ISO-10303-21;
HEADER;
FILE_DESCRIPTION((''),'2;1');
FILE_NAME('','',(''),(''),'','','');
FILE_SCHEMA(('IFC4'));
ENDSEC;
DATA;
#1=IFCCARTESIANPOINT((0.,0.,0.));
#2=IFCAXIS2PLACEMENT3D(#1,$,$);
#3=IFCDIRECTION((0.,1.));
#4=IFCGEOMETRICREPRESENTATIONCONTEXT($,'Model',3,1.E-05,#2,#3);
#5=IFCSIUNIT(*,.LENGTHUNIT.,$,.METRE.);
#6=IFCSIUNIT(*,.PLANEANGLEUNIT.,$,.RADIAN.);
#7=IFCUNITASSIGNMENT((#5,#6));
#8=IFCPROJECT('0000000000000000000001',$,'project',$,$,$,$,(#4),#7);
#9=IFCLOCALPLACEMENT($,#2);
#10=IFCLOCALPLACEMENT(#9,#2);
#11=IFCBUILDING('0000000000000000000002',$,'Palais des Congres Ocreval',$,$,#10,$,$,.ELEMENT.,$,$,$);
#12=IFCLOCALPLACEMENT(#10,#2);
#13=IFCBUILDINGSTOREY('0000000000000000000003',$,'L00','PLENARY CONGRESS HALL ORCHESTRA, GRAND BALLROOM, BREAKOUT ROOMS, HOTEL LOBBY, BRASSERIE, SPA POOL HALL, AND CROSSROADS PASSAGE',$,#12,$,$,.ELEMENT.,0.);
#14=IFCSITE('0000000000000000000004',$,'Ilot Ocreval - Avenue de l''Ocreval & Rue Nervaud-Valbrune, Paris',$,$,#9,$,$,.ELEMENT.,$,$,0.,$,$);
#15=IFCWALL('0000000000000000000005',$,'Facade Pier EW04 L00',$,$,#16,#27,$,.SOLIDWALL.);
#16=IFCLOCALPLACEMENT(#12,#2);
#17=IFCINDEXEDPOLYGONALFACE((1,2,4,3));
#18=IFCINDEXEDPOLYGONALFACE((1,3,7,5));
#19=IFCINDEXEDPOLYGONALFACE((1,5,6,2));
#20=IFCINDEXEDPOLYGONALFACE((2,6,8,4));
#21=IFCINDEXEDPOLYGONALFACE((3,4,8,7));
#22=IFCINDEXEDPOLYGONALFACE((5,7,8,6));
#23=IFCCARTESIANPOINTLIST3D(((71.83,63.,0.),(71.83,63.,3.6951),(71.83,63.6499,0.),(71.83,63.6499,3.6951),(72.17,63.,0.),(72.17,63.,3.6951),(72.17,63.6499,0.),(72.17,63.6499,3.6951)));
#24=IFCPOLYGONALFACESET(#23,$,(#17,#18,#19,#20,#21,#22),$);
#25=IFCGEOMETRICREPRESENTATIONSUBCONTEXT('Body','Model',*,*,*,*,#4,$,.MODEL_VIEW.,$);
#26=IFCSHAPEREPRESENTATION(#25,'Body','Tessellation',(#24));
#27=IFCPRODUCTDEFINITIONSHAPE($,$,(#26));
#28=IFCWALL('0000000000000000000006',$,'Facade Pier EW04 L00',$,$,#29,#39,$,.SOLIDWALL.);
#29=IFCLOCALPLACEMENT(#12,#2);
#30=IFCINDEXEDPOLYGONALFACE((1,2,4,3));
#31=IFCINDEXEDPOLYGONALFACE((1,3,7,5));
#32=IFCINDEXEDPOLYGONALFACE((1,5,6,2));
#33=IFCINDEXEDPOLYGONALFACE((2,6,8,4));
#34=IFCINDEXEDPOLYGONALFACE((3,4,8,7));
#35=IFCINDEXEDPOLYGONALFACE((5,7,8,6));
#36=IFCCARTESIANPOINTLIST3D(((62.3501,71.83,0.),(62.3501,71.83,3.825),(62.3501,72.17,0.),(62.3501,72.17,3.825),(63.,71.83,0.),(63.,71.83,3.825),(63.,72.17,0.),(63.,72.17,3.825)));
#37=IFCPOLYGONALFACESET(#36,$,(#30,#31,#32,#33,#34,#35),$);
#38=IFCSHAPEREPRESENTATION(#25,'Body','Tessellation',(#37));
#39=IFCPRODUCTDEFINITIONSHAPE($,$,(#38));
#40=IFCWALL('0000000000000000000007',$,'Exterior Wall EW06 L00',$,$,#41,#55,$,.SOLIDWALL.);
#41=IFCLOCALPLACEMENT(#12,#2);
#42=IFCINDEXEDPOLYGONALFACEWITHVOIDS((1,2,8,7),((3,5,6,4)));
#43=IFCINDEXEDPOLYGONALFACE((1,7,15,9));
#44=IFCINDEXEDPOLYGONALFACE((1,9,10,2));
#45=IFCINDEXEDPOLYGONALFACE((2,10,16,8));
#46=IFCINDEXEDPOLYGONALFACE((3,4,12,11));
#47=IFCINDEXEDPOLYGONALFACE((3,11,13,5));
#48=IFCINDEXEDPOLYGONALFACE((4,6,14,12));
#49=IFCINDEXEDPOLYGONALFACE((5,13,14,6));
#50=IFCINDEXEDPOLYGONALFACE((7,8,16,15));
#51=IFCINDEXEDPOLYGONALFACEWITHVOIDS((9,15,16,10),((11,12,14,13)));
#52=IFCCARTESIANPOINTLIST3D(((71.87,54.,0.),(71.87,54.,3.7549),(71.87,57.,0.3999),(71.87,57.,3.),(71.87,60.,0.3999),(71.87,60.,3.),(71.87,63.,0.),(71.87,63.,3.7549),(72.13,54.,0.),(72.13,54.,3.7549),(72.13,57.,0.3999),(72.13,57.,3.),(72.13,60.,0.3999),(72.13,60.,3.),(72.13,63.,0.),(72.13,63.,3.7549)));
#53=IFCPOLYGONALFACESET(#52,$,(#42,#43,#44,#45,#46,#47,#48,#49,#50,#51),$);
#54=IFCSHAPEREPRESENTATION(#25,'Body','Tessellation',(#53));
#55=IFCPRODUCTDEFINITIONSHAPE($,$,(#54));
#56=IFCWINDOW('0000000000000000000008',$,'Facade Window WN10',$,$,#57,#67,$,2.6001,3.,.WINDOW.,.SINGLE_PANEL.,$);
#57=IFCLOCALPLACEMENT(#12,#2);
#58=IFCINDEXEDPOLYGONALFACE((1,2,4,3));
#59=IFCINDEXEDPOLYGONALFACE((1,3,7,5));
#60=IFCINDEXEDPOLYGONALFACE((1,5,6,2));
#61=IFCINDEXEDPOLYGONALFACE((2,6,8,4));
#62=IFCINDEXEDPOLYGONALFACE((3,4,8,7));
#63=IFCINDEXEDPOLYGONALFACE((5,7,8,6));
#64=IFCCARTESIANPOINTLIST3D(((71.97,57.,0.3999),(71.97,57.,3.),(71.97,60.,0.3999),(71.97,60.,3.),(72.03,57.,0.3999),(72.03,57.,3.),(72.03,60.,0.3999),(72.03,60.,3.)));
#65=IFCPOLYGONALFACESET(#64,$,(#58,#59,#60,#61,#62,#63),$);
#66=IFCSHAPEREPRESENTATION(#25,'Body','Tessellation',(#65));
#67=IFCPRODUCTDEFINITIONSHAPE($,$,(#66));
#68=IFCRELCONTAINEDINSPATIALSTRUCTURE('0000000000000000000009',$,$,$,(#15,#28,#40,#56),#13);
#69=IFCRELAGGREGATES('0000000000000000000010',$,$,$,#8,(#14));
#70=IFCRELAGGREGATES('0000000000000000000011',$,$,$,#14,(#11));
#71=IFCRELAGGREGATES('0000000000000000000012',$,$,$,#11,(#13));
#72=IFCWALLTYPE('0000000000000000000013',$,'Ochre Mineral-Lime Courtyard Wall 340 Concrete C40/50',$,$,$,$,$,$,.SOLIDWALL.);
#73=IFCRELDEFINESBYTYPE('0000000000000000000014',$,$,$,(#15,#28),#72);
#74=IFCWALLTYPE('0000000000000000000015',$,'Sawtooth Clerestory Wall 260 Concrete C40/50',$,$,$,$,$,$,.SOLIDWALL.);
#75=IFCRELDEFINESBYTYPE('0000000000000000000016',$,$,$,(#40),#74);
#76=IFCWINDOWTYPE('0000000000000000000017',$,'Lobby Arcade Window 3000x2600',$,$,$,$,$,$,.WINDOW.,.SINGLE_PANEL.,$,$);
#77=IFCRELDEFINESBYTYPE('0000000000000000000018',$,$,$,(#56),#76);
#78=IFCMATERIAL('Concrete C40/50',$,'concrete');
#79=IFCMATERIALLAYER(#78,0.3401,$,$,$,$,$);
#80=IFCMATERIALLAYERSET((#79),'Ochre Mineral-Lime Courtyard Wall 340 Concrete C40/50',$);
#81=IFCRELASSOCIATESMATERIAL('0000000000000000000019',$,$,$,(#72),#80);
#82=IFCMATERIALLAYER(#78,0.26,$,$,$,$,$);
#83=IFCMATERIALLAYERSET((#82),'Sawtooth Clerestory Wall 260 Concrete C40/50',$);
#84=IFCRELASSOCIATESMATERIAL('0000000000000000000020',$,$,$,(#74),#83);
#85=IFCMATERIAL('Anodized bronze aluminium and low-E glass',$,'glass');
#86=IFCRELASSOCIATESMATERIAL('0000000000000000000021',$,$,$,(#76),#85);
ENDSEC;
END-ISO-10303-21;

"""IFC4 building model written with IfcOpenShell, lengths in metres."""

from ifc_helpers import new_model, si_unit, direction, frame, frame_2d, origin, place, context, subcontext, project, spatial, rectangle, extrude, material, layer, layer_set, type_object, element, fill, save


model = new_model("IFC4")

# Units and contexts
model_context = context("Model", 3, precision=1e-05, world=origin(), true_north=direction((0.0, 1.0)))
body_context = subcontext(model_context, "Body", "Model", "MODEL_VIEW")
ifc_project = project(units=[si_unit("LENGTHUNIT", "METRE"), si_unit("PLANEANGLEUNIT", "RADIAN")], contexts=[model_context])

# Site, building, storey
site_placement = place(None, origin())
site = spatial("IfcSite", under=ifc_project, at=site_placement, Name="Ilot Ocreval - Avenue de l'Ocreval & Rue Nervaud-Valbrune, Paris", CompositionType="ELEMENT", RefElevation=0.0)
building_placement = place(site_placement, origin())
building = spatial("IfcBuilding", under=site, at=building_placement, Name="Palais des Congres Ocreval", CompositionType="ELEMENT")
storey_placement = place(building_placement, origin())
storey = spatial("IfcBuildingStorey", under=building, at=storey_placement, Name="L00", Description="PLENARY CONGRESS HALL ORCHESTRA, GRAND BALLROOM, BREAKOUT ROOMS, HOTEL LOBBY, BRASSERIE, SPA POOL HALL, AND CROSSROADS PASSAGE", CompositionType="ELEMENT", Elevation=0.0)

# Shared definitions
ifc_material_1 = material(Name="Anodized bronze aluminium and low-E glass", Category="glass")

# Walls
ifc_material_2 = material(Name="Concrete C40/50", Category="concrete")
ifc_layer_1 = layer(ifc_material_2, 0.3401)
ifc_layer_set_1 = layer_set([ifc_layer_1], Name="Ochre Mineral-Lime Courtyard Wall 340 Concrete C40/50")
wall_type_1 = type_object("IfcWallType", Name="Ochre Mineral-Lime Courtyard Wall 340 Concrete C40/50", PredefinedType="SOLIDWALL", material=ifc_layer_set_1)
wall_1_placement = place(storey_placement, frame((72.0, 63.0, 0.0), z_axis=(0.0, 0.0, 1.0), x_axis=(0.0, 1.0, 0.0)))
element("IfcWall", 1, at=wall_1_placement, inside=storey, type_object=wall_type_1, Name="Facade Pier EW04 L00", PredefinedType="SOLIDWALL", context=body_context, shape_type="SweptSolid", body=[
    extrude(rectangle(XDim=0.6499, YDim=0.3401, at=frame_2d((0.325, 0.0))), origin(), (0.0, 0.0, 1.0), 3.6951),
])
wall_2_placement = place(storey_placement, frame((63.0, 72.0, 0.0), z_axis=(0.0, 0.0, 1.0), x_axis=(-1.0, 0.0, 0.0)))
element("IfcWall", 2, at=wall_2_placement, inside=storey, type_object=wall_type_1, Name="Facade Pier EW04 L00", PredefinedType="SOLIDWALL", context=body_context, shape_type="SweptSolid", body=[
    extrude(rectangle(XDim=0.6499, YDim=0.3401, at=frame_2d((0.325, 0.0))), origin(), (0.0, 0.0, 1.0), 3.825),
])

# Wall, opening, window
ifc_layer_2 = layer(ifc_material_2, 0.26)
ifc_layer_set_2 = layer_set([ifc_layer_2], Name="Sawtooth Clerestory Wall 260 Concrete C40/50")
wall_type_2 = type_object("IfcWallType", Name="Sawtooth Clerestory Wall 260 Concrete C40/50", PredefinedType="SOLIDWALL", material=ifc_layer_set_2)
wall_3_placement = place(storey_placement, frame((72.0, 54.0, 0.0), z_axis=(0.0, 0.0, 1.0), x_axis=(0.0, 1.0, 0.0)))
wall_3 = element("IfcWall", 3, at=wall_3_placement, inside=storey, type_object=wall_type_2, Name="Exterior Wall EW06 L00", PredefinedType="SOLIDWALL", context=body_context, shape_type="SweptSolid", body=[
    extrude(rectangle(XDim=9.0, YDim=0.26, at=frame_2d((4.5, 0.0))), origin(), (0.0, 0.0, 1.0), 3.7549),
])
opening_placement = place(wall_3_placement, frame((3.0, 0.0, 0.3999)))
opening = element("IfcOpeningElement", 4, at=opening_placement, cuts=wall_3, PredefinedType="OPENING", context=body_context, shape_type="SweptSolid", body=[
    extrude(rectangle(XDim=3.0, YDim=2.6001, at=frame_2d((1.5, 1.3))), frame((0.0, 0.1399, 0.0), z_axis=(0.0, -1.0, 0.0), x_axis=(1.0, 0.0, 0.0)), (0.0, 0.0, 1.0), 0.28),
])
window_type = type_object("IfcWindowType", Name="Lobby Arcade Window 3000x2600", PartitioningType="SINGLE_PANEL", PredefinedType="WINDOW", material=ifc_material_1)
window_placement = place(opening_placement, origin())
window = element("IfcWindow", 5, at=window_placement, inside=storey, type_object=window_type, Name="Facade Window WN10", OverallHeight=2.6001, OverallWidth=3.0, PartitioningType="SINGLE_PANEL", PredefinedType="WINDOW", context=body_context, shape_type="SweptSolid", body=[
    extrude(rectangle(XDim=3.0, YDim=2.6001, at=frame_2d((1.5, 1.3))), frame((0.0, 0.03, 0.0), z_axis=(0.0, -1.0, 0.0), x_axis=(1.0, 0.0, 0.0)), (0.0, 0.0, 1.0), 0.0601),
])
fill(opening, window)

save(model, "model.ifc")
